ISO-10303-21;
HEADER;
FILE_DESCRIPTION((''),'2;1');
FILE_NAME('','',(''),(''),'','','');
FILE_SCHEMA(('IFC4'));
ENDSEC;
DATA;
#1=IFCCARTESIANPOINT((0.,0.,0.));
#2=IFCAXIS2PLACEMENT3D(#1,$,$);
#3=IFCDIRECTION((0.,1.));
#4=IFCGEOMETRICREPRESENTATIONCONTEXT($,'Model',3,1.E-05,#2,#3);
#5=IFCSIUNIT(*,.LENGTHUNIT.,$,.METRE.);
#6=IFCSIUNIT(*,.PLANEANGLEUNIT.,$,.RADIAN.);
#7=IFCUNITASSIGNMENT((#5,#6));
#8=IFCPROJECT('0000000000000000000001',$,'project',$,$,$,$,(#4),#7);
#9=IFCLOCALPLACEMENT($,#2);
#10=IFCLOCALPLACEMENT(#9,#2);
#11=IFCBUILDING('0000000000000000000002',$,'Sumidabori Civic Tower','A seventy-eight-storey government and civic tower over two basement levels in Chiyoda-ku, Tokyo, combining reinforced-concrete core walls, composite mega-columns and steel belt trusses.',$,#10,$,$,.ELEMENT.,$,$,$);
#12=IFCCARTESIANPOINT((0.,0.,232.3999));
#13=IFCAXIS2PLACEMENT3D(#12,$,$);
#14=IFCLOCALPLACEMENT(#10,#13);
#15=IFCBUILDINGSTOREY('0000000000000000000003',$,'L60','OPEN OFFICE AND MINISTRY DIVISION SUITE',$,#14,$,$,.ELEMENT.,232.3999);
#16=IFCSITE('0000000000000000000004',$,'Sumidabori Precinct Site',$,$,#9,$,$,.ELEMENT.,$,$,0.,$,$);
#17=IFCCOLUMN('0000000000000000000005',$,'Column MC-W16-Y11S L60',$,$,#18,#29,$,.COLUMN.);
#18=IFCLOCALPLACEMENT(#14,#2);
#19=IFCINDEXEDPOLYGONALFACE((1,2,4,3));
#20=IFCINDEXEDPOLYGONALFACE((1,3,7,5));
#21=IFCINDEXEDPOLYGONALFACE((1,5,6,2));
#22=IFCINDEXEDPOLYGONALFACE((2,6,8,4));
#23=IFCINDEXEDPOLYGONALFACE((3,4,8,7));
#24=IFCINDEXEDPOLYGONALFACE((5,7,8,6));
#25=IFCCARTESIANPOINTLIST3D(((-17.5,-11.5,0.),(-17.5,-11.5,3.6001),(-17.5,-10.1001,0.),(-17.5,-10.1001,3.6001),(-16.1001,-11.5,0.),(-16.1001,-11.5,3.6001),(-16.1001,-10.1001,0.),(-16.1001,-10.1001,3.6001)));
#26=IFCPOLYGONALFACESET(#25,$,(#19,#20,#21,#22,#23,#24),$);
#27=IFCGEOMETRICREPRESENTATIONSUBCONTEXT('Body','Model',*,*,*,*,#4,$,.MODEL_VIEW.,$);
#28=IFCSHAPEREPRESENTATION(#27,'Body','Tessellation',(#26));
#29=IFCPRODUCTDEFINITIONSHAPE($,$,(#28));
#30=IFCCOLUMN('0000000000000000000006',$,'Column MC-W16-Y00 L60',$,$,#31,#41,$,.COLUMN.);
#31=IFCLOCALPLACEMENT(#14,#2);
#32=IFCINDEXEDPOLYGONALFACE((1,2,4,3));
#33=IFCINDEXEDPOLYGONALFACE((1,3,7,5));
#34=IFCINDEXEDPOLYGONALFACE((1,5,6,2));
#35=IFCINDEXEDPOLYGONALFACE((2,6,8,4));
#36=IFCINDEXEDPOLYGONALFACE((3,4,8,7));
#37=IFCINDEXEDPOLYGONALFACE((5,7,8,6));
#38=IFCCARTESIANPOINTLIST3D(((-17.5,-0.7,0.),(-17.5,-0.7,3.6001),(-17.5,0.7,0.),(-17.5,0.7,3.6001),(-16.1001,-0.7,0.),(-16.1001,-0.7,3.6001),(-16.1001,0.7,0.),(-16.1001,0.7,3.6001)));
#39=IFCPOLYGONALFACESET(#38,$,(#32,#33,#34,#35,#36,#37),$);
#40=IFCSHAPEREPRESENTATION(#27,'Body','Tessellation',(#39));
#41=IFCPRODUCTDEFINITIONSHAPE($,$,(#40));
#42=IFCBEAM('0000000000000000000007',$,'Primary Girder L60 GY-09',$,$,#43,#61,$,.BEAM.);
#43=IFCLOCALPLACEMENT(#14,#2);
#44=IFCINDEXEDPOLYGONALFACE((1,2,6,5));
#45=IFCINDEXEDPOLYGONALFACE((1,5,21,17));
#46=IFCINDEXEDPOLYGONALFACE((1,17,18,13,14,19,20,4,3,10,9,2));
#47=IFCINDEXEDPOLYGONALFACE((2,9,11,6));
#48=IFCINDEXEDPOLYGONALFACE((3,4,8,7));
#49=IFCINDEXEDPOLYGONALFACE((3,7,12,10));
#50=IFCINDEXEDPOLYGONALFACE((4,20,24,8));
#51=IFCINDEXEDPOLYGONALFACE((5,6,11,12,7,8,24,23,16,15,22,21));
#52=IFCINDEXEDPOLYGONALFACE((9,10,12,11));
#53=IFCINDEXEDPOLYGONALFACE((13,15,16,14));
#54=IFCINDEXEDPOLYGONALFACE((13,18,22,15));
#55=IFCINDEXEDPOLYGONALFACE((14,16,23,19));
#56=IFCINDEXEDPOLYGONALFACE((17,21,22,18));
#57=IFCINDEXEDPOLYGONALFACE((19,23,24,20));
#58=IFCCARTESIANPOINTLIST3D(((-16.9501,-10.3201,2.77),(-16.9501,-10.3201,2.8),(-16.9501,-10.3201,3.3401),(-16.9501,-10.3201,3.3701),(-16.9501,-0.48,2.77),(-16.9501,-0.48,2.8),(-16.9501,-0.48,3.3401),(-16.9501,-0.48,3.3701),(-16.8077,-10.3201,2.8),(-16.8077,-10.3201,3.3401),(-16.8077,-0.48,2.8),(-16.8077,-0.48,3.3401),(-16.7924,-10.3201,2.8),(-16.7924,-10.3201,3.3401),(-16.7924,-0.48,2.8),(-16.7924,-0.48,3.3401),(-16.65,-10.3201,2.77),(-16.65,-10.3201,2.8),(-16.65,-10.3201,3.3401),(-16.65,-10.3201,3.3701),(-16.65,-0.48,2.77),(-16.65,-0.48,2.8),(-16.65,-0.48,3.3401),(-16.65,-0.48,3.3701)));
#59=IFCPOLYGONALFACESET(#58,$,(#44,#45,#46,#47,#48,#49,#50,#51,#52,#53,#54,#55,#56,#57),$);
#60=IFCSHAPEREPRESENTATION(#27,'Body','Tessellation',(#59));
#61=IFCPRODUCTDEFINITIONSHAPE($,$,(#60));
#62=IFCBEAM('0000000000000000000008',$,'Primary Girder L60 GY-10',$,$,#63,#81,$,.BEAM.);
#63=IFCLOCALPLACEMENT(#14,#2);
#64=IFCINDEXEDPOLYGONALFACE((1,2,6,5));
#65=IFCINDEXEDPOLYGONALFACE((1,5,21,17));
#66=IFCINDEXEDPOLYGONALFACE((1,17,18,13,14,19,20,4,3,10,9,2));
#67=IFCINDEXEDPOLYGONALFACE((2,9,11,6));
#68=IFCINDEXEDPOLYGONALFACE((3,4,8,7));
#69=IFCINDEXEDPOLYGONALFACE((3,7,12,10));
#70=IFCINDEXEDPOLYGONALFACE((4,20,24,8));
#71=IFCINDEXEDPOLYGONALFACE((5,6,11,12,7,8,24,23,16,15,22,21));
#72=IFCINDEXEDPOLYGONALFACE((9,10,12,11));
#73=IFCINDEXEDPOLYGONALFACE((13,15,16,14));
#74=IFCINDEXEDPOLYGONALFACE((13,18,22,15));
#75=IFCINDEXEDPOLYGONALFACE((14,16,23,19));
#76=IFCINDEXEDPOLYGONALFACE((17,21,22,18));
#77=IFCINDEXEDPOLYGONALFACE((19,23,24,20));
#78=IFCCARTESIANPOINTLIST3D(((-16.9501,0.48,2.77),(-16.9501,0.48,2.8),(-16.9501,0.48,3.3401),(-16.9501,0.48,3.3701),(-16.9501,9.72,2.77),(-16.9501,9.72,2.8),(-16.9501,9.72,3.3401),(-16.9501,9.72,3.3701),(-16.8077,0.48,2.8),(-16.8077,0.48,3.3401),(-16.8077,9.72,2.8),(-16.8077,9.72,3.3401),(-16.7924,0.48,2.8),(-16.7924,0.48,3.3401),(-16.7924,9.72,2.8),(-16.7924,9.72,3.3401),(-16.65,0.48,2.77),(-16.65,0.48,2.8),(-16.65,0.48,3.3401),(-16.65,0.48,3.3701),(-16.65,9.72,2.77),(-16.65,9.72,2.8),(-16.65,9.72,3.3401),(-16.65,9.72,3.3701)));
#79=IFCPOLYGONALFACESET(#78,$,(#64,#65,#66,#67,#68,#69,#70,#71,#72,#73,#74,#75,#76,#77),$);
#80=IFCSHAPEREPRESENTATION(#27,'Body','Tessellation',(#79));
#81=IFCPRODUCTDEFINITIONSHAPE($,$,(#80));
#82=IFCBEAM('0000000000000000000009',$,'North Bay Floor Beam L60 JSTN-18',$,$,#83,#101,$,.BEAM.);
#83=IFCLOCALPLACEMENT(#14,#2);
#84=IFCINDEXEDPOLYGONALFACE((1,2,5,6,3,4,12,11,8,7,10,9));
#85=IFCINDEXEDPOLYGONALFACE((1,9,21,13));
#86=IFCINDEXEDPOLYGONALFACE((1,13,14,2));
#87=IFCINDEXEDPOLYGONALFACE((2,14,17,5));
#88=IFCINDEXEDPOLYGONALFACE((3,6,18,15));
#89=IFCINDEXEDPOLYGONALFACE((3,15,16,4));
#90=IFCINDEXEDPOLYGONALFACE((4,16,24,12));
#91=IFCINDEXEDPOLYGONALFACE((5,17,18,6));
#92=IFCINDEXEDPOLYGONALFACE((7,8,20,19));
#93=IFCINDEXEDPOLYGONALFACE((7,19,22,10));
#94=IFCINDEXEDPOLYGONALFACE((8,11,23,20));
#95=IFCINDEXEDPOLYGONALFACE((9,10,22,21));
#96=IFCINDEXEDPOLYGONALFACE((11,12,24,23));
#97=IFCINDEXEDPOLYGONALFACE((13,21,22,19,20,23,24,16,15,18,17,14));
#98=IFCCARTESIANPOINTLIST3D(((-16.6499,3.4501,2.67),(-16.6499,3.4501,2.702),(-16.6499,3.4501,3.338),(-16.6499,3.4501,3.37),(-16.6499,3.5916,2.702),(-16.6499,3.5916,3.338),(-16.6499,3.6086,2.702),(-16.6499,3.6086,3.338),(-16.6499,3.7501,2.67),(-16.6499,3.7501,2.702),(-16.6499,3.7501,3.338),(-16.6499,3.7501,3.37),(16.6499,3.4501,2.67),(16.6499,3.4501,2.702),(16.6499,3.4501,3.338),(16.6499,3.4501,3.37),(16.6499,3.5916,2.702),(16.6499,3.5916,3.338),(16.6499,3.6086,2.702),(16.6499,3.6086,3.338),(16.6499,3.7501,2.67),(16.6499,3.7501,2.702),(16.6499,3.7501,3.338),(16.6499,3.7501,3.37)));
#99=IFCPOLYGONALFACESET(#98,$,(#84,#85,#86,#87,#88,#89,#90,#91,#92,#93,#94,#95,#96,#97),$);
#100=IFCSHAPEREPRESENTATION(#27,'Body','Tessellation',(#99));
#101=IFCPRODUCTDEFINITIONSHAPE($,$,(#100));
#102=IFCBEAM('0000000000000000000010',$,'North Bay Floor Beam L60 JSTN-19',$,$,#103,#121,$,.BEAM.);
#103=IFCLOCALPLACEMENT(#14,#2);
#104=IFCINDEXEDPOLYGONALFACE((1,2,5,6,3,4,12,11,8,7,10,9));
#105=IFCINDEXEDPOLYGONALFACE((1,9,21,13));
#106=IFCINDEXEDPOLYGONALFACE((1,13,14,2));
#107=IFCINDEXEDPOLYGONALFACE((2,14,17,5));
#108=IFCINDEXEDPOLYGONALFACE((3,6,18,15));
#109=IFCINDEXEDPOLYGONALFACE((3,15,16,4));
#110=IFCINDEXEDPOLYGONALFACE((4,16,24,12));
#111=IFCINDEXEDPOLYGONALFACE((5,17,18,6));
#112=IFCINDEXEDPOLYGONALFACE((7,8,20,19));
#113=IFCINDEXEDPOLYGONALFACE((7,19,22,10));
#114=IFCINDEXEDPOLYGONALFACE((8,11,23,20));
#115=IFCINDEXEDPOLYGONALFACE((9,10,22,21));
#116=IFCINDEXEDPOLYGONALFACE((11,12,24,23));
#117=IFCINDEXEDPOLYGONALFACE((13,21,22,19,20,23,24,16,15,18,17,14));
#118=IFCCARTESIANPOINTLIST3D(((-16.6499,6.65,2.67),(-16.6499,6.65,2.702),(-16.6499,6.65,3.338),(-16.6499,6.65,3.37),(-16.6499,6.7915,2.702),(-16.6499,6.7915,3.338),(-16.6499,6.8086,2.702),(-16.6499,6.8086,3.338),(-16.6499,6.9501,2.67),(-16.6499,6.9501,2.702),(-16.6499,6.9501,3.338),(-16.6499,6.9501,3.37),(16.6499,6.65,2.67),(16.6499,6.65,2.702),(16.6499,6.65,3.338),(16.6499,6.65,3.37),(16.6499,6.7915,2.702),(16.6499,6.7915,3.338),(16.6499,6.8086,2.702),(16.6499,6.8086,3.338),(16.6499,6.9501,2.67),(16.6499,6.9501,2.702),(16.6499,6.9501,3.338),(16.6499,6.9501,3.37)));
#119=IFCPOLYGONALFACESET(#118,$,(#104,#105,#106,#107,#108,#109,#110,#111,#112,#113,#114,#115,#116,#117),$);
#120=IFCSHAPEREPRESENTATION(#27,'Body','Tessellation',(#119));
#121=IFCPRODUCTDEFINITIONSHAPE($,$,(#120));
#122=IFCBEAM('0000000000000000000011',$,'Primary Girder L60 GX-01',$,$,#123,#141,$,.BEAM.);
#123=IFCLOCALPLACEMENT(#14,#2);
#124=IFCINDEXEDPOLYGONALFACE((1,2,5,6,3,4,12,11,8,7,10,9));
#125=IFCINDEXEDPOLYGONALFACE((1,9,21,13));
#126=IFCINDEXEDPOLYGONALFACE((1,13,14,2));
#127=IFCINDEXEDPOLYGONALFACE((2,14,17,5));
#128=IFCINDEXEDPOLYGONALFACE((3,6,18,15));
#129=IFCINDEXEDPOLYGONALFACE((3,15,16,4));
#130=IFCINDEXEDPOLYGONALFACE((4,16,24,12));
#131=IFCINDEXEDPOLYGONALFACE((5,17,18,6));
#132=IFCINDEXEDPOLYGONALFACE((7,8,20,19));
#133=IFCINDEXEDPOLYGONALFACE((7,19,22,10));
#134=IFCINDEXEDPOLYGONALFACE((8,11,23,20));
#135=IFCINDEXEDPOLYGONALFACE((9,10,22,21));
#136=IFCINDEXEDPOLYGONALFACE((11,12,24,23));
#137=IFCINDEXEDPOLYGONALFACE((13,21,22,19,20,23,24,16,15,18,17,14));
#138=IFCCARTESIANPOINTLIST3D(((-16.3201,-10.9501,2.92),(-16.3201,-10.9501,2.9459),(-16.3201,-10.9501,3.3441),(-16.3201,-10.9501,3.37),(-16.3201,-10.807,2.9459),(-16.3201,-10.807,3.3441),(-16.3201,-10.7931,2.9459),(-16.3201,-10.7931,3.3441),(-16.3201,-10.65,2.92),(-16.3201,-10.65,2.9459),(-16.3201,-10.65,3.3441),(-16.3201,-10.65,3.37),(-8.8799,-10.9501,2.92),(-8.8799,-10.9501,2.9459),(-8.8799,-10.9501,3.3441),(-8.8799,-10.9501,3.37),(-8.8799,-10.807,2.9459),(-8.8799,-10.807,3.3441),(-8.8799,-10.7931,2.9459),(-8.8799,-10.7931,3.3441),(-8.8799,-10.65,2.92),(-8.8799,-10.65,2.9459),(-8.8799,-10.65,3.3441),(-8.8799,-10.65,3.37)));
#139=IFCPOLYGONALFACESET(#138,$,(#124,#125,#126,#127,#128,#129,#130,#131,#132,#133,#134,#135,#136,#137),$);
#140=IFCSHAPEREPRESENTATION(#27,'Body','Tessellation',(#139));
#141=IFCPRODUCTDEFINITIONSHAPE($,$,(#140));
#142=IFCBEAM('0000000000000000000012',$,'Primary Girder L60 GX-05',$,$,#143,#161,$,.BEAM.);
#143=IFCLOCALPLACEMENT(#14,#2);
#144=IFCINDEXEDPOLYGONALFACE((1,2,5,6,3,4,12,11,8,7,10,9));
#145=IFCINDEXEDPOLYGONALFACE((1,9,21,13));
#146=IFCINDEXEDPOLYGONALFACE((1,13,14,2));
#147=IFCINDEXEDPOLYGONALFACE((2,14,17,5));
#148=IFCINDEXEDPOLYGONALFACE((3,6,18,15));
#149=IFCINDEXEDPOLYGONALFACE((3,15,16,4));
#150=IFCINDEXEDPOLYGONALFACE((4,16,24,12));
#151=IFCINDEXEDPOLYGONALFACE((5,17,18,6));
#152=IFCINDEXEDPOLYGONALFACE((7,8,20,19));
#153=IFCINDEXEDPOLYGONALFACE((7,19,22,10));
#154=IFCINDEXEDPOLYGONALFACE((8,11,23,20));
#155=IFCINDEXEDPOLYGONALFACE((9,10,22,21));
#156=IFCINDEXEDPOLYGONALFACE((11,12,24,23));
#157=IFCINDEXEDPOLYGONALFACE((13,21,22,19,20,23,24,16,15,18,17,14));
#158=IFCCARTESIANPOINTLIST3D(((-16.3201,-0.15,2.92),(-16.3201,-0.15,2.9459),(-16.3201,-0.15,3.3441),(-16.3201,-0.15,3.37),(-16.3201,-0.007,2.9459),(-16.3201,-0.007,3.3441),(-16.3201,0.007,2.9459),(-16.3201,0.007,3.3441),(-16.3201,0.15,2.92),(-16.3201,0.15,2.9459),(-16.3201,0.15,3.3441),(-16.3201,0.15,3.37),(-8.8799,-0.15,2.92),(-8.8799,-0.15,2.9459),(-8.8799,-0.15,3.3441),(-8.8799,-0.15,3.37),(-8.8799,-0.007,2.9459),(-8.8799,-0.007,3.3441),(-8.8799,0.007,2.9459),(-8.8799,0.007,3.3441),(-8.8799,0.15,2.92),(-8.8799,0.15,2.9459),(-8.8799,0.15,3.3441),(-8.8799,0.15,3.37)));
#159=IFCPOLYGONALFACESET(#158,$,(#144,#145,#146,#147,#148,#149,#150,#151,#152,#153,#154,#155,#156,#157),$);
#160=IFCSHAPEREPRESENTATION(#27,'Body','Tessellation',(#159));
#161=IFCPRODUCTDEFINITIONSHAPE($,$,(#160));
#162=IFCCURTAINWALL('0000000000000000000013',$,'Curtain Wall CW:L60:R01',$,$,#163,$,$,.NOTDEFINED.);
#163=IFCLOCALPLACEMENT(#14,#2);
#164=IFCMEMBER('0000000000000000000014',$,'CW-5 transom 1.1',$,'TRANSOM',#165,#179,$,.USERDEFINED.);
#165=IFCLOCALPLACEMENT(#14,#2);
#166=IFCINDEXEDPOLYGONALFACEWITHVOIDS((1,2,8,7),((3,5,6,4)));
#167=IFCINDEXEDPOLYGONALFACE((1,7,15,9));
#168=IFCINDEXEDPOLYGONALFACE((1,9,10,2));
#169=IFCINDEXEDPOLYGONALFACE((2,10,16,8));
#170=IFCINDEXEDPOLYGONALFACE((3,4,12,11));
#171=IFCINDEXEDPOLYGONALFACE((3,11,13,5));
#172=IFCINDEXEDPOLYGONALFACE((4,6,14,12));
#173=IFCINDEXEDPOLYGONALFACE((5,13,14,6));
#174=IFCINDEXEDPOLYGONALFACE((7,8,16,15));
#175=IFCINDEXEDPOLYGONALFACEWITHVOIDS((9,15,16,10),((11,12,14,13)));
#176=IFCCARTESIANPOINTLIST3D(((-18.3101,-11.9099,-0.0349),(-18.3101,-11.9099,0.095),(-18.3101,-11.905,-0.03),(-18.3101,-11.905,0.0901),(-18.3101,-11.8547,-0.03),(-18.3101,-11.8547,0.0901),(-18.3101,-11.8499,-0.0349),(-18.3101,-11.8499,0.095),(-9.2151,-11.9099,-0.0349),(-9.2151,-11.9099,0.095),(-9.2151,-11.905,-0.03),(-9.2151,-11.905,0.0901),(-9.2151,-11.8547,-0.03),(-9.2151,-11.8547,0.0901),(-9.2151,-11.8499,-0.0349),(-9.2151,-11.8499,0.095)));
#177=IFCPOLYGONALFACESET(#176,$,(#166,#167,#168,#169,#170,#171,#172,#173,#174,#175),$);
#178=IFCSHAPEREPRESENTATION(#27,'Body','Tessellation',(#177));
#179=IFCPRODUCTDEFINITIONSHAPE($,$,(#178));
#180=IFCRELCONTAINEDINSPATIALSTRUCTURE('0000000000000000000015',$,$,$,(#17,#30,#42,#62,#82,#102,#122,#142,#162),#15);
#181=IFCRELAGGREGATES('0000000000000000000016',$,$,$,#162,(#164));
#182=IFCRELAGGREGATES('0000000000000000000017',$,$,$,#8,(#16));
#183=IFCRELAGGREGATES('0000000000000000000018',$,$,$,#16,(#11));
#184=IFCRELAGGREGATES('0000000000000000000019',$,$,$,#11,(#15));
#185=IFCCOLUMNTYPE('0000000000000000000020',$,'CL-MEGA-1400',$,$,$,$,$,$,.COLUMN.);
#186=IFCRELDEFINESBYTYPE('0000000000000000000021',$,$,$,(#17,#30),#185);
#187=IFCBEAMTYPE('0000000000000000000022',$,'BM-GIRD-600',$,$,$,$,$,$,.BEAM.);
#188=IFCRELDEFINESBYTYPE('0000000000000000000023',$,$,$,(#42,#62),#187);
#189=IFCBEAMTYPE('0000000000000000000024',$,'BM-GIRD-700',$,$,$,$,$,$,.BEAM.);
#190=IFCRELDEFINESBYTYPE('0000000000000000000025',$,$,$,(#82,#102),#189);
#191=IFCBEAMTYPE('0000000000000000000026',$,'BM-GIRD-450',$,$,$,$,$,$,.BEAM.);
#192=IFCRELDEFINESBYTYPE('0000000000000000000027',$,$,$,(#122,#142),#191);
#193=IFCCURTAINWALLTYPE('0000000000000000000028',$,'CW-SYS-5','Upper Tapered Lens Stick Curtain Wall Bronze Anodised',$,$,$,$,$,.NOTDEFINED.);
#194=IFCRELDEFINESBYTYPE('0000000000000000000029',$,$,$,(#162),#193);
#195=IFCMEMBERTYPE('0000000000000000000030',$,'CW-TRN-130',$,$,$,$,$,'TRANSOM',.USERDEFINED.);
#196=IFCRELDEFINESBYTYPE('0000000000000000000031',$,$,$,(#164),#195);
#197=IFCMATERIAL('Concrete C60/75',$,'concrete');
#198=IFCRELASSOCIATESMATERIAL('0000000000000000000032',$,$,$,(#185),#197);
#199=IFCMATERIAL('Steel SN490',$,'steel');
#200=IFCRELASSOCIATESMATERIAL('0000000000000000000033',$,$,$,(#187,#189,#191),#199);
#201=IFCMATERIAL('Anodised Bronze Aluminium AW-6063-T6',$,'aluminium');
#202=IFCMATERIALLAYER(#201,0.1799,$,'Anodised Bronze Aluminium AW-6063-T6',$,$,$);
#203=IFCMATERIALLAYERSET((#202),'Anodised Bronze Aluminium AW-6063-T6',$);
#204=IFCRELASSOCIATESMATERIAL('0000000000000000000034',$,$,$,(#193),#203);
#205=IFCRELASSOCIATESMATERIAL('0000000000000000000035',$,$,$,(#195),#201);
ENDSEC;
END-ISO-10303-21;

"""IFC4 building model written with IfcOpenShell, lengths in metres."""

from ifc_helpers import new_model, si_unit, direction, frame, origin, origin_2d, place, context, subcontext, project, spatial, rectangle, hollow_rectangle, i_section, extrude, source, transform, mapped, material, layer, layer_set, material_profile, profile_set, type_object, element, aggregate, save


model = new_model("IFC4")

# Units and contexts
model_context = context("Model", 3, precision=1e-05, world=origin(), true_north=direction((0.0, 1.0)))
body_context = subcontext(model_context, "Body", "Model", "MODEL_VIEW")
ifc_project = project(units=[si_unit("LENGTHUNIT", "METRE"), si_unit("PLANEANGLEUNIT", "RADIAN")], contexts=[model_context])

# Site, building, storey
site_placement = place(None, origin())
site = spatial("IfcSite", under=ifc_project, at=site_placement, Name="Sumidabori Precinct Site", CompositionType="ELEMENT", RefElevation=0.0)
building_placement = place(site_placement, origin())
building = spatial("IfcBuilding", under=site, at=building_placement, Name="Sumidabori Civic Tower", Description="A seventy-eight-storey government and civic tower over two basement levels in Chiyoda-ku, Tokyo, combining reinforced-concrete core walls, composite mega-columns and steel belt trusses.", CompositionType="ELEMENT")
storey_placement = place(building_placement, frame((0.0, 0.0, 232.3999)))
storey = spatial("IfcBuildingStorey", under=building, at=storey_placement, Name="L60", Description="OPEN OFFICE AND MINISTRY DIVISION SUITE", CompositionType="ELEMENT", Elevation=232.3999)

# Columns
ifc_material_1 = material(Name="Concrete C60/75", Category="concrete")
ifc_material_profile_1 = material_profile(ifc_material_1, rectangle(XDim=1.3999, YDim=1.3999, at=origin_2d()), Name="RC 1400x1400")
ifc_profile_set_1 = profile_set([ifc_material_profile_1], Name="Concrete C60/75")
column_type = type_object("IfcColumnType", Name="CL-MEGA-1400", PredefinedType="COLUMN", material=ifc_profile_set_1)
shared_shape_1 = source(origin(), body_context, "Body", "SweptSolid", [
    extrude(rectangle(XDim=1.3999, YDim=1.3999, at=origin_2d()), origin(), (0.0, 0.0, 1.0), 3.6001),
])
for number, where, z_axis, x_axis, name in (
    (1, (-16.8, -10.8, 0.0), (0.0, 0.0, 1.0), (1.0, 0.0, 0.0), "Column MC-W16-Y11S L60"),
    (2, (-16.8, 0.0, 0.0), (0.0, 0.0, 1.0), (1.0, 0.0, 0.0), "Column MC-W16-Y00 L60"),
):
    element("IfcColumn", number, at=place(storey_placement, frame(where, z_axis=z_axis, x_axis=x_axis)), inside=storey, type_object=column_type, Name=name, PredefinedType="COLUMN", context=body_context, shape_type="MappedRepresentation", body=[
        mapped(shared_shape_1, transform((0.0, 0.0, 0.0), x_axis=(1.0, 0.0, 0.0), y_axis=(0.0, 1.0, 0.0), z_axis=(0.0, 0.0, 1.0), scale=1.0)),
    ])

# Beams
ifc_material_2 = material(Name="Steel SN490", Category="steel")
ifc_material_profile_2 = material_profile(ifc_material_2, i_section(OverallWidth=0.3, OverallDepth=0.6001, WebThickness=0.0154, FlangeThickness=0.03, at=origin_2d()), Name="HE 600 B")
ifc_profile_set_2 = profile_set([ifc_material_profile_2], Name="Steel SN490")
beam_type_1 = type_object("IfcBeamType", Name="BM-GIRD-600", PredefinedType="BEAM", material=ifc_profile_set_2)
shared_shape_2 = source(origin(), body_context, "Body", "SweptSolid", [
    extrude(i_section(OverallWidth=0.3, OverallDepth=0.6001, WebThickness=0.0154, FlangeThickness=0.03, at=origin_2d()), origin(), (0.0, 0.0, 1.0), 9.8401),
])
beam_1_placement = place(storey_placement, frame((-16.8, -10.3201, 3.0701), z_axis=(0.0, 1.0, 0.0), x_axis=(-1.0, 0.0, 0.0)))
element("IfcBeam", 3, at=beam_1_placement, inside=storey, type_object=beam_type_1, Name="Primary Girder L60 GY-09", PredefinedType="BEAM", context=body_context, shape_type="MappedRepresentation", body=[
    mapped(shared_shape_2, transform((0.0, 0.0, 0.0), x_axis=(1.0, 0.0, 0.0), y_axis=(0.0, 1.0, 0.0), z_axis=(0.0, 0.0, 1.0), scale=1.0)),
])
shared_shape_3 = source(origin(), body_context, "Body", "SweptSolid", [
    extrude(i_section(OverallWidth=0.3, OverallDepth=0.6001, WebThickness=0.0154, FlangeThickness=0.03, at=origin_2d()), origin(), (0.0, 0.0, 1.0), 9.24),
])
beam_2_placement = place(storey_placement, frame((-16.8, 0.48, 3.0701), z_axis=(0.0, 1.0, 0.0), x_axis=(-1.0, 0.0, 0.0)))
element("IfcBeam", 4, at=beam_2_placement, inside=storey, type_object=beam_type_1, Name="Primary Girder L60 GY-10", PredefinedType="BEAM", context=body_context, shape_type="MappedRepresentation", body=[
    mapped(shared_shape_3, transform((0.0, 0.0, 0.0), x_axis=(1.0, 0.0, 0.0), y_axis=(0.0, 1.0, 0.0), z_axis=(0.0, 0.0, 1.0), scale=1.0)),
])
ifc_material_profile_3 = material_profile(ifc_material_2, i_section(OverallWidth=0.3, OverallDepth=0.7, WebThickness=0.0171, FlangeThickness=0.032, at=origin_2d()), Name="HE 700 B")
ifc_profile_set_3 = profile_set([ifc_material_profile_3], Name="Steel SN490")
beam_type_2 = type_object("IfcBeamType", Name="BM-GIRD-700", PredefinedType="BEAM", material=ifc_profile_set_3)
shared_shape_4 = source(origin(), body_context, "Body", "SweptSolid", [
    extrude(i_section(OverallWidth=0.3, OverallDepth=0.7, WebThickness=0.0171, FlangeThickness=0.032, at=origin_2d()), origin(), (0.0, 0.0, 1.0), 33.2998),
])
for number, where, z_axis, x_axis, name in (
    (5, (-16.6499, 3.6001, 3.02), (1.0, 0.0, 0.0), (0.0, 1.0, 0.0), "North Bay Floor Beam L60 JSTN-18"),
    (6, (-16.6499, 6.8, 3.02), (1.0, 0.0, 0.0), (0.0, 1.0, 0.0), "North Bay Floor Beam L60 JSTN-19"),
):
    element("IfcBeam", number, at=place(storey_placement, frame(where, z_axis=z_axis, x_axis=x_axis)), inside=storey, type_object=beam_type_2, Name=name, PredefinedType="BEAM", context=body_context, shape_type="MappedRepresentation", body=[
        mapped(shared_shape_4, transform((0.0, 0.0, 0.0), x_axis=(1.0, 0.0, 0.0), y_axis=(0.0, 1.0, 0.0), z_axis=(0.0, 0.0, 1.0), scale=1.0)),
    ])
ifc_material_profile_4 = material_profile(ifc_material_2, i_section(OverallWidth=0.3, OverallDepth=0.45, WebThickness=0.0139, FlangeThickness=0.0259, at=origin_2d()), Name="HE 450 B")
ifc_profile_set_4 = profile_set([ifc_material_profile_4], Name="Steel SN490")
beam_type_3 = type_object("IfcBeamType", Name="BM-GIRD-450", PredefinedType="BEAM", material=ifc_profile_set_4)
shared_shape_5 = source(origin(), body_context, "Body", "SweptSolid", [
    extrude(i_section(OverallWidth=0.3, OverallDepth=0.45, WebThickness=0.0139, FlangeThickness=0.0259, at=origin_2d()), origin(), (0.0, 0.0, 1.0), 7.4402),
])
for number, where, z_axis, x_axis, name in (
    (7, (-16.3201, -10.8, 3.145), (1.0, 0.0, 0.0), (0.0, 1.0, 0.0), "Primary Girder L60 GX-01"),
    (8, (-16.3201, 0.0, 3.145), (1.0, 0.0, 0.0), (0.0, 1.0, 0.0), "Primary Girder L60 GX-05"),
):
    element("IfcBeam", number, at=place(storey_placement, frame(where, z_axis=z_axis, x_axis=x_axis)), inside=storey, type_object=beam_type_3, Name=name, PredefinedType="BEAM", context=body_context, shape_type="MappedRepresentation", body=[
        mapped(shared_shape_5, transform((0.0, 0.0, 0.0), x_axis=(1.0, 0.0, 0.0), y_axis=(0.0, 1.0, 0.0), z_axis=(0.0, 0.0, 1.0), scale=1.0)),
    ])

# Curtain wall, member
ifc_material_3 = material(Name="Anodised Bronze Aluminium AW-6063-T6", Category="aluminium")
ifc_layer_1 = layer(ifc_material_3, 0.1799, Name="Anodised Bronze Aluminium AW-6063-T6")
ifc_layer_set_1 = layer_set([ifc_layer_1], Name="Anodised Bronze Aluminium AW-6063-T6")
curtain_wall_type = type_object("IfcCurtainWallType", Name="CW-SYS-5", Description="Upper Tapered Lens Stick Curtain Wall Bronze Anodised", PredefinedType="NOTDEFINED", material=ifc_layer_set_1)
curtain_wall_1_placement = place(storey_placement, origin())
curtain_wall_1 = element("IfcCurtainWall", 9, at=curtain_wall_1_placement, inside=storey, type_object=curtain_wall_type, Name="Curtain Wall CW:L60:R01", PredefinedType="NOTDEFINED")
ifc_material_profile_5 = material_profile(ifc_material_3, hollow_rectangle(XDim=0.0601, YDim=0.1299, WallThickness=0.0049, at=origin_2d()), Name="ALU TRANSOM 130x60")
ifc_profile_set_5 = profile_set([ifc_material_profile_5], Name="Anodised Bronze Aluminium AW-6063-T6")
member_type_1 = type_object("IfcMemberType", Name="CW-TRN-130", ElementType="TRANSOM", PredefinedType="USERDEFINED", material=ifc_profile_set_5)
shared_shape_6 = source(origin(), body_context, "Body", "SweptSolid", [
    extrude(hollow_rectangle(XDim=0.0601, YDim=0.1299, WallThickness=0.0049, at=origin_2d()), origin(), (0.0, 0.0, 1.0), 9.095),
])
member_1_placement = place(storey_placement, frame((-18.3101, -11.8799, 0.03), z_axis=(1.0, 0.0, 0.0), x_axis=(0.0, 1.0, 0.0)))
member_1 = element("IfcMember", 10, at=member_1_placement, type_object=member_type_1, Name="CW-5 transom 1.1", ObjectType="TRANSOM", PredefinedType="USERDEFINED", context=body_context, shape_type="MappedRepresentation", body=[
    mapped(shared_shape_6, transform((0.0, 0.0, 0.0), x_axis=(1.0, 0.0, 0.0), y_axis=(0.0, 1.0, 0.0), z_axis=(0.0, 0.0, 1.0), scale=1.0)),
])
aggregate(curtain_wall_1, [member_1])

save(model, "model.ifc")
